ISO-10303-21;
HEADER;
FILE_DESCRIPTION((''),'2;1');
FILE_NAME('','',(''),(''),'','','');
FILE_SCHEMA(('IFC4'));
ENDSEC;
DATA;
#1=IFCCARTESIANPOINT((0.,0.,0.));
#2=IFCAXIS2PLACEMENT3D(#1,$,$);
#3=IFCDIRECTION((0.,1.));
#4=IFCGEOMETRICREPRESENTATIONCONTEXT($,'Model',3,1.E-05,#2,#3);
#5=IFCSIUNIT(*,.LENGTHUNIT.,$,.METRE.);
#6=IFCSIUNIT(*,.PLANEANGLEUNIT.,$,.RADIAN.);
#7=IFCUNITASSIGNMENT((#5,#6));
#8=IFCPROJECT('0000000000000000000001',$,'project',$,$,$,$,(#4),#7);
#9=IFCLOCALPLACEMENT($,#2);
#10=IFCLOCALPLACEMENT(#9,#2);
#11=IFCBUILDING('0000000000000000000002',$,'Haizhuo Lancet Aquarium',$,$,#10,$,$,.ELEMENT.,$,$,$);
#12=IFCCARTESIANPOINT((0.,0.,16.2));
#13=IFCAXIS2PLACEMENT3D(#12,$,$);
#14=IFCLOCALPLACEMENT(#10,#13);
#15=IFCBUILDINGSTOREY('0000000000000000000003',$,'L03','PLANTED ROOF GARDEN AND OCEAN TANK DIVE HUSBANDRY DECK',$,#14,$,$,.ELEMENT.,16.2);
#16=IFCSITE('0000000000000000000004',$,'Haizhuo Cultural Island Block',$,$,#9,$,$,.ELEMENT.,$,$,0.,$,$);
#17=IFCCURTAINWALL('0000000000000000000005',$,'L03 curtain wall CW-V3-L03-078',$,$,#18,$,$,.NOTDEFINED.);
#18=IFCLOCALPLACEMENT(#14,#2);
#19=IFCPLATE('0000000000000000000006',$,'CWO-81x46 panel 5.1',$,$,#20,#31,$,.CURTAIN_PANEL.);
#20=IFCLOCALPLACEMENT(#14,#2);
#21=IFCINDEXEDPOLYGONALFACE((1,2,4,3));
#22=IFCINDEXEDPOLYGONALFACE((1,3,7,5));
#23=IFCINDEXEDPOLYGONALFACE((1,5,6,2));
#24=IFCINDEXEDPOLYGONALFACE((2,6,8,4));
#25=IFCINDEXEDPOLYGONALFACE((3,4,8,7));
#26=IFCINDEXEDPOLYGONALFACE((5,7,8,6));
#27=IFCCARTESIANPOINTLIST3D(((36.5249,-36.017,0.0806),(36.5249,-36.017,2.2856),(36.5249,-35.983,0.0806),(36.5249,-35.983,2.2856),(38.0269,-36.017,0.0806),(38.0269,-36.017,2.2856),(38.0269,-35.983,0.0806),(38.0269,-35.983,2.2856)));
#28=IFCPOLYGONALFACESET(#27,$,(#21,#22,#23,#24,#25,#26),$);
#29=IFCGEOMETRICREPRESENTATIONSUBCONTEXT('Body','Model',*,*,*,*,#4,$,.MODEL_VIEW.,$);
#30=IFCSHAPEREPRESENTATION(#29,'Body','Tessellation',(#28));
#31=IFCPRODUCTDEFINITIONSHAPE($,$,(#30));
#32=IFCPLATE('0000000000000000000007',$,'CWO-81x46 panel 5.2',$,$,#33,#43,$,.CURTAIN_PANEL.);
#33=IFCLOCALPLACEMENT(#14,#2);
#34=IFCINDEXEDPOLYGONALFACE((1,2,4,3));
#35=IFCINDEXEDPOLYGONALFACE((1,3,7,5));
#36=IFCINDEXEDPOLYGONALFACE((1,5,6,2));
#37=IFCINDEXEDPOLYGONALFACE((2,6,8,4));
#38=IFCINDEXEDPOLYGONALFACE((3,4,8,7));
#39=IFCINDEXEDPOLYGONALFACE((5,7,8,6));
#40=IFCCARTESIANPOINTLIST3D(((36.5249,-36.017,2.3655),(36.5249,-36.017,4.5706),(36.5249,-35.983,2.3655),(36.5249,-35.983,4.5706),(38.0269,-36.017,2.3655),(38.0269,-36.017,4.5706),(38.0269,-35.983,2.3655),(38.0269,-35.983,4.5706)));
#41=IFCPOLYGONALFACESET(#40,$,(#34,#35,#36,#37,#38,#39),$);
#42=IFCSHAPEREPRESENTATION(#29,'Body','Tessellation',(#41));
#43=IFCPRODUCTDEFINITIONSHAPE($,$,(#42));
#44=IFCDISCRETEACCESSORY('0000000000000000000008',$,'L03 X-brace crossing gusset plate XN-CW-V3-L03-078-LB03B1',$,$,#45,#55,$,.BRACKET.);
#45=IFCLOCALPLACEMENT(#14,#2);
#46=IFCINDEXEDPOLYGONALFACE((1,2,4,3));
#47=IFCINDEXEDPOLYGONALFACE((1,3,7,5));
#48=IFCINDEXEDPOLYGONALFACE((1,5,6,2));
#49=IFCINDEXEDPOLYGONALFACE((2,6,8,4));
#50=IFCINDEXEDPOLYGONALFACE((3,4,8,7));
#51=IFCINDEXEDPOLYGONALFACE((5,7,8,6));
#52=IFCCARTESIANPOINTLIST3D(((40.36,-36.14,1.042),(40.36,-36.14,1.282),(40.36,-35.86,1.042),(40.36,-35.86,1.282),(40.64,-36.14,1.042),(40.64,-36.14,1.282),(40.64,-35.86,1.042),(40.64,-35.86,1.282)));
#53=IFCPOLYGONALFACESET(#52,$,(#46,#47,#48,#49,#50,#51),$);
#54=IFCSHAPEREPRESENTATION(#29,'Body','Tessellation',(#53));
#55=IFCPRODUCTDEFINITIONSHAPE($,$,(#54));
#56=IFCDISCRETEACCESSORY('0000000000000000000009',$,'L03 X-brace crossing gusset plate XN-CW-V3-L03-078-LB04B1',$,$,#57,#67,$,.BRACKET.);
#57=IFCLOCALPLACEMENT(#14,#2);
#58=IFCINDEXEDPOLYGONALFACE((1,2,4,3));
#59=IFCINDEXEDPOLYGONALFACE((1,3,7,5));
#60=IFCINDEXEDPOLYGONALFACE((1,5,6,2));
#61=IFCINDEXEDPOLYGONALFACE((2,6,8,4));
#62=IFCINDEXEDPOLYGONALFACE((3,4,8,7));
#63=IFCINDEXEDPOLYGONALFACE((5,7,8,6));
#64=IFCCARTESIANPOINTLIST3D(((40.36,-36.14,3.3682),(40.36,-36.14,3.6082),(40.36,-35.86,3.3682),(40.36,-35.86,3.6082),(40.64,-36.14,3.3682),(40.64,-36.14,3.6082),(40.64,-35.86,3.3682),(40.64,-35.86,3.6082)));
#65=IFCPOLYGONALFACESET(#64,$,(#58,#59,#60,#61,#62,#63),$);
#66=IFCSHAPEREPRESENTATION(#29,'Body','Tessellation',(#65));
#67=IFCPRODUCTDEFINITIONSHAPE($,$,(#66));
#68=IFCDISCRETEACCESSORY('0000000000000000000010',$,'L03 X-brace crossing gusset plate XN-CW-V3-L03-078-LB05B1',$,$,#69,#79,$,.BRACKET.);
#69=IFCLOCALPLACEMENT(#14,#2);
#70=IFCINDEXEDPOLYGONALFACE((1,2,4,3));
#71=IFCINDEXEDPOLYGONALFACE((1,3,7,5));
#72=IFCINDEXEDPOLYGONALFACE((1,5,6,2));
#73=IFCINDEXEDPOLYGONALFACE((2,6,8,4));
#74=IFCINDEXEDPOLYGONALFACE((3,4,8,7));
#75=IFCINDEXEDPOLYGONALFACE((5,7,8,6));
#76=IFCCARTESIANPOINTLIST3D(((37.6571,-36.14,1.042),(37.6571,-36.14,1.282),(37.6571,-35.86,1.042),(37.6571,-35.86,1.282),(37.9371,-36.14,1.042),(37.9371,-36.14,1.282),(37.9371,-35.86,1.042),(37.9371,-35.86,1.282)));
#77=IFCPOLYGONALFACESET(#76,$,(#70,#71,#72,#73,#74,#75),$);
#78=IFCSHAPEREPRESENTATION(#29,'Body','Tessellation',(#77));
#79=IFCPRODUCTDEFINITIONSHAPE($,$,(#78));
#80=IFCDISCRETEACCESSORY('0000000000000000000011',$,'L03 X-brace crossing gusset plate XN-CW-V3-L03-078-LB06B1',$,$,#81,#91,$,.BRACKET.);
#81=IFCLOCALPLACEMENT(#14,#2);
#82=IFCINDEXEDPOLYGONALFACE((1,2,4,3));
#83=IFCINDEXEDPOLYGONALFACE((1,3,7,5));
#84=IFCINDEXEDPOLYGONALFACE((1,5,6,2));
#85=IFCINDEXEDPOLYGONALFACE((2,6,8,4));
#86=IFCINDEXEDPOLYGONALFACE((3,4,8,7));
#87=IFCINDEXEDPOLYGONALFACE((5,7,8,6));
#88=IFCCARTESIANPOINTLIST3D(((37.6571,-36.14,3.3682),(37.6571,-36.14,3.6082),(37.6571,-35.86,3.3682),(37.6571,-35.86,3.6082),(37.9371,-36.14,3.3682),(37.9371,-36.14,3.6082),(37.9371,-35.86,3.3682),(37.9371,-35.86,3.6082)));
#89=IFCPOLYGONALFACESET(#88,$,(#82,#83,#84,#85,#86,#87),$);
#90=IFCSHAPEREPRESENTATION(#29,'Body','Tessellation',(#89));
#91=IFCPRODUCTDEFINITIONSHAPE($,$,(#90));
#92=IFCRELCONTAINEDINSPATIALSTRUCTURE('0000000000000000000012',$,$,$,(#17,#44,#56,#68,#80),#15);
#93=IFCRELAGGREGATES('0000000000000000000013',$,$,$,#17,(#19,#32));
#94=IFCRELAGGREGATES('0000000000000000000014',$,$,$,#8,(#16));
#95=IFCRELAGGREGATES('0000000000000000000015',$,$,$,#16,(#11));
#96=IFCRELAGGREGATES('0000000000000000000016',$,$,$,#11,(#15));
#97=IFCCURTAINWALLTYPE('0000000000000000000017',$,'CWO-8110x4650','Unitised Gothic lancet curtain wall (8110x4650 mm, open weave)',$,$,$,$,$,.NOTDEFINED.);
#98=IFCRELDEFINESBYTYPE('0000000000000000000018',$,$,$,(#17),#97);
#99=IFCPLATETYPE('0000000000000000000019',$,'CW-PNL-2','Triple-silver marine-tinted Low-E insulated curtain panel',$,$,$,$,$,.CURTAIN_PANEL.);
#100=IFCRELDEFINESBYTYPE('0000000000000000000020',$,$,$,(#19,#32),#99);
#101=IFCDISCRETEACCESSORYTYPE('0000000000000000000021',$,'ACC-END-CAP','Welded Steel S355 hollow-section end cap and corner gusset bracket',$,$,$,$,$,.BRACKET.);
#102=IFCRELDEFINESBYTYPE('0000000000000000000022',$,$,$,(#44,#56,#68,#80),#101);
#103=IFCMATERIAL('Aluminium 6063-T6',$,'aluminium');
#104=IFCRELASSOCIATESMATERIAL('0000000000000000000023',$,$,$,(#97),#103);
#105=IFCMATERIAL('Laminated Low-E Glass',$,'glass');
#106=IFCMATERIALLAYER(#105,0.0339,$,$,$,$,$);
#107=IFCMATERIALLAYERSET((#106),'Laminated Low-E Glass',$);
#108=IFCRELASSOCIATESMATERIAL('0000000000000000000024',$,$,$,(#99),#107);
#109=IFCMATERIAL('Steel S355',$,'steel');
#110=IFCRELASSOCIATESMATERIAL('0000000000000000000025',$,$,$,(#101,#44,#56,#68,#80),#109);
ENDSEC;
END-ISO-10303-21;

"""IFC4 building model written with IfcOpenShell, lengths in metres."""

from ifc_helpers import new_model, si_unit, direction, frame, origin, origin_2d, place, context, subcontext, project, spatial, rectangle, extrude, material, layer, layer_set, type_object, element, aggregate, save


model = new_model("IFC4")

# Units and contexts
model_context = context("Model", 3, precision=1e-05, world=origin(), true_north=direction((0.0, 1.0)))
body_context = subcontext(model_context, "Body", "Model", "MODEL_VIEW")
ifc_project = project(units=[si_unit("LENGTHUNIT", "METRE"), si_unit("PLANEANGLEUNIT", "RADIAN")], contexts=[model_context])

# Site, building, storey
site_placement = place(None, origin())
site = spatial("IfcSite", under=ifc_project, at=site_placement, Name="Haizhuo Cultural Island Block", CompositionType="ELEMENT", RefElevation=0.0)
building_placement = place(site_placement, origin())
building = spatial("IfcBuilding", under=site, at=building_placement, Name="Haizhuo Lancet Aquarium", CompositionType="ELEMENT")
storey_placement = place(building_placement, frame((0.0, 0.0, 16.2)))
storey = spatial("IfcBuildingStorey", under=building, at=storey_placement, Name="L03", Description="PLANTED ROOF GARDEN AND OCEAN TANK DIVE HUSBANDRY DECK", CompositionType="ELEMENT", Elevation=16.2)

# Curtain wall
ifc_material_1 = material(Name="Aluminium 6063-T6", Category="aluminium")
curtain_wall_type = type_object("IfcCurtainWallType", Name="CWO-8110x4650", Description="Unitised Gothic lancet curtain wall (8110x4650 mm, open weave)", PredefinedType="NOTDEFINED", material=ifc_material_1)
curtain_wall_placement = place(storey_placement, origin())
curtain_wall = element("IfcCurtainWall", 1, at=curtain_wall_placement, inside=storey, type_object=curtain_wall_type, Name="L03 curtain wall CW-V3-L03-078", PredefinedType="NOTDEFINED")

# Shared definitions
ifc_material_2 = material(Name="Steel S355", Category="steel")

# Plates
ifc_material_3 = material(Name="Laminated Low-E Glass", Category="glass")
ifc_layer = layer(ifc_material_3, 0.0339)
ifc_layer_set = layer_set([ifc_layer], Name="Laminated Low-E Glass")
plate_type = type_object("IfcPlateType", Name="CW-PNL-2", Description="Triple-silver marine-tinted Low-E insulated curtain panel", PredefinedType="CURTAIN_PANEL", material=ifc_layer_set)
plate_1_placement = place(storey_placement, frame((37.2759, -36.0, 0.0806), z_axis=(0.0, 0.0, 1.0), x_axis=(-1.0, 0.0, 0.0)))
plate_1 = element("IfcPlate", 2, at=plate_1_placement, type_object=plate_type, Name="CWO-81x46 panel 5.1", PredefinedType="CURTAIN_PANEL", context=body_context, shape_type="SweptSolid", body=[
    extrude(rectangle(XDim=1.502, YDim=0.0339, at=origin_2d()), origin(), (0.0, 0.0, 1.0), 2.2051),
])
plate_2_placement = place(storey_placement, frame((37.2759, -36.0, 2.3655), z_axis=(0.0, 0.0, 1.0), x_axis=(-1.0, 0.0, 0.0)))
plate_2 = element("IfcPlate", 3, at=plate_2_placement, type_object=plate_type, Name="CWO-81x46 panel 5.2", PredefinedType="CURTAIN_PANEL", context=body_context, shape_type="SweptSolid", body=[
    extrude(rectangle(XDim=1.502, YDim=0.0339, at=origin_2d()), origin(), (0.0, 0.0, 1.0), 2.2051),
])
aggregate(curtain_wall, [plate_1, plate_2])

# Discrete accessories
discrete_accessory_type = type_object("IfcDiscreteAccessoryType", Name="ACC-END-CAP", Description="Welded Steel S355 hollow-section end cap and corner gusset bracket", PredefinedType="BRACKET", material=ifc_material_2)
for number, where, z_axis, x_axis, name in (
    (4, (40.5, -36.0, 1.042), (0.0, 0.0, 1.0), (1.0, 0.0, 0.0), "L03 X-brace crossing gusset plate XN-CW-V3-L03-078-LB03B1"),
    (5, (40.5, -36.0, 3.3682), (0.0, 0.0, 1.0), (1.0, 0.0, 0.0), "L03 X-brace crossing gusset plate XN-CW-V3-L03-078-LB04B1"),
    (6, (37.7971, -36.0, 1.042), (0.0, 0.0, 1.0), (1.0, 0.0, 0.0), "L03 X-brace crossing gusset plate XN-CW-V3-L03-078-LB05B1"),
    (7, (37.7971, -36.0, 3.3682), (0.0, 0.0, 1.0), (1.0, 0.0, 0.0), "L03 X-brace crossing gusset plate XN-CW-V3-L03-078-LB06B1"),
):
    element("IfcDiscreteAccessory", number, at=place(storey_placement, frame(where, z_axis=z_axis, x_axis=x_axis)), inside=storey, type_object=discrete_accessory_type, material=ifc_material_2, Name=name, PredefinedType="BRACKET", context=body_context, shape_type="SweptSolid", body=[
        extrude(rectangle(XDim=0.28, YDim=0.28, at=origin_2d()), origin(), (0.0, 0.0, 1.0), 0.24),
    ])

save(model, "model.ifc")
